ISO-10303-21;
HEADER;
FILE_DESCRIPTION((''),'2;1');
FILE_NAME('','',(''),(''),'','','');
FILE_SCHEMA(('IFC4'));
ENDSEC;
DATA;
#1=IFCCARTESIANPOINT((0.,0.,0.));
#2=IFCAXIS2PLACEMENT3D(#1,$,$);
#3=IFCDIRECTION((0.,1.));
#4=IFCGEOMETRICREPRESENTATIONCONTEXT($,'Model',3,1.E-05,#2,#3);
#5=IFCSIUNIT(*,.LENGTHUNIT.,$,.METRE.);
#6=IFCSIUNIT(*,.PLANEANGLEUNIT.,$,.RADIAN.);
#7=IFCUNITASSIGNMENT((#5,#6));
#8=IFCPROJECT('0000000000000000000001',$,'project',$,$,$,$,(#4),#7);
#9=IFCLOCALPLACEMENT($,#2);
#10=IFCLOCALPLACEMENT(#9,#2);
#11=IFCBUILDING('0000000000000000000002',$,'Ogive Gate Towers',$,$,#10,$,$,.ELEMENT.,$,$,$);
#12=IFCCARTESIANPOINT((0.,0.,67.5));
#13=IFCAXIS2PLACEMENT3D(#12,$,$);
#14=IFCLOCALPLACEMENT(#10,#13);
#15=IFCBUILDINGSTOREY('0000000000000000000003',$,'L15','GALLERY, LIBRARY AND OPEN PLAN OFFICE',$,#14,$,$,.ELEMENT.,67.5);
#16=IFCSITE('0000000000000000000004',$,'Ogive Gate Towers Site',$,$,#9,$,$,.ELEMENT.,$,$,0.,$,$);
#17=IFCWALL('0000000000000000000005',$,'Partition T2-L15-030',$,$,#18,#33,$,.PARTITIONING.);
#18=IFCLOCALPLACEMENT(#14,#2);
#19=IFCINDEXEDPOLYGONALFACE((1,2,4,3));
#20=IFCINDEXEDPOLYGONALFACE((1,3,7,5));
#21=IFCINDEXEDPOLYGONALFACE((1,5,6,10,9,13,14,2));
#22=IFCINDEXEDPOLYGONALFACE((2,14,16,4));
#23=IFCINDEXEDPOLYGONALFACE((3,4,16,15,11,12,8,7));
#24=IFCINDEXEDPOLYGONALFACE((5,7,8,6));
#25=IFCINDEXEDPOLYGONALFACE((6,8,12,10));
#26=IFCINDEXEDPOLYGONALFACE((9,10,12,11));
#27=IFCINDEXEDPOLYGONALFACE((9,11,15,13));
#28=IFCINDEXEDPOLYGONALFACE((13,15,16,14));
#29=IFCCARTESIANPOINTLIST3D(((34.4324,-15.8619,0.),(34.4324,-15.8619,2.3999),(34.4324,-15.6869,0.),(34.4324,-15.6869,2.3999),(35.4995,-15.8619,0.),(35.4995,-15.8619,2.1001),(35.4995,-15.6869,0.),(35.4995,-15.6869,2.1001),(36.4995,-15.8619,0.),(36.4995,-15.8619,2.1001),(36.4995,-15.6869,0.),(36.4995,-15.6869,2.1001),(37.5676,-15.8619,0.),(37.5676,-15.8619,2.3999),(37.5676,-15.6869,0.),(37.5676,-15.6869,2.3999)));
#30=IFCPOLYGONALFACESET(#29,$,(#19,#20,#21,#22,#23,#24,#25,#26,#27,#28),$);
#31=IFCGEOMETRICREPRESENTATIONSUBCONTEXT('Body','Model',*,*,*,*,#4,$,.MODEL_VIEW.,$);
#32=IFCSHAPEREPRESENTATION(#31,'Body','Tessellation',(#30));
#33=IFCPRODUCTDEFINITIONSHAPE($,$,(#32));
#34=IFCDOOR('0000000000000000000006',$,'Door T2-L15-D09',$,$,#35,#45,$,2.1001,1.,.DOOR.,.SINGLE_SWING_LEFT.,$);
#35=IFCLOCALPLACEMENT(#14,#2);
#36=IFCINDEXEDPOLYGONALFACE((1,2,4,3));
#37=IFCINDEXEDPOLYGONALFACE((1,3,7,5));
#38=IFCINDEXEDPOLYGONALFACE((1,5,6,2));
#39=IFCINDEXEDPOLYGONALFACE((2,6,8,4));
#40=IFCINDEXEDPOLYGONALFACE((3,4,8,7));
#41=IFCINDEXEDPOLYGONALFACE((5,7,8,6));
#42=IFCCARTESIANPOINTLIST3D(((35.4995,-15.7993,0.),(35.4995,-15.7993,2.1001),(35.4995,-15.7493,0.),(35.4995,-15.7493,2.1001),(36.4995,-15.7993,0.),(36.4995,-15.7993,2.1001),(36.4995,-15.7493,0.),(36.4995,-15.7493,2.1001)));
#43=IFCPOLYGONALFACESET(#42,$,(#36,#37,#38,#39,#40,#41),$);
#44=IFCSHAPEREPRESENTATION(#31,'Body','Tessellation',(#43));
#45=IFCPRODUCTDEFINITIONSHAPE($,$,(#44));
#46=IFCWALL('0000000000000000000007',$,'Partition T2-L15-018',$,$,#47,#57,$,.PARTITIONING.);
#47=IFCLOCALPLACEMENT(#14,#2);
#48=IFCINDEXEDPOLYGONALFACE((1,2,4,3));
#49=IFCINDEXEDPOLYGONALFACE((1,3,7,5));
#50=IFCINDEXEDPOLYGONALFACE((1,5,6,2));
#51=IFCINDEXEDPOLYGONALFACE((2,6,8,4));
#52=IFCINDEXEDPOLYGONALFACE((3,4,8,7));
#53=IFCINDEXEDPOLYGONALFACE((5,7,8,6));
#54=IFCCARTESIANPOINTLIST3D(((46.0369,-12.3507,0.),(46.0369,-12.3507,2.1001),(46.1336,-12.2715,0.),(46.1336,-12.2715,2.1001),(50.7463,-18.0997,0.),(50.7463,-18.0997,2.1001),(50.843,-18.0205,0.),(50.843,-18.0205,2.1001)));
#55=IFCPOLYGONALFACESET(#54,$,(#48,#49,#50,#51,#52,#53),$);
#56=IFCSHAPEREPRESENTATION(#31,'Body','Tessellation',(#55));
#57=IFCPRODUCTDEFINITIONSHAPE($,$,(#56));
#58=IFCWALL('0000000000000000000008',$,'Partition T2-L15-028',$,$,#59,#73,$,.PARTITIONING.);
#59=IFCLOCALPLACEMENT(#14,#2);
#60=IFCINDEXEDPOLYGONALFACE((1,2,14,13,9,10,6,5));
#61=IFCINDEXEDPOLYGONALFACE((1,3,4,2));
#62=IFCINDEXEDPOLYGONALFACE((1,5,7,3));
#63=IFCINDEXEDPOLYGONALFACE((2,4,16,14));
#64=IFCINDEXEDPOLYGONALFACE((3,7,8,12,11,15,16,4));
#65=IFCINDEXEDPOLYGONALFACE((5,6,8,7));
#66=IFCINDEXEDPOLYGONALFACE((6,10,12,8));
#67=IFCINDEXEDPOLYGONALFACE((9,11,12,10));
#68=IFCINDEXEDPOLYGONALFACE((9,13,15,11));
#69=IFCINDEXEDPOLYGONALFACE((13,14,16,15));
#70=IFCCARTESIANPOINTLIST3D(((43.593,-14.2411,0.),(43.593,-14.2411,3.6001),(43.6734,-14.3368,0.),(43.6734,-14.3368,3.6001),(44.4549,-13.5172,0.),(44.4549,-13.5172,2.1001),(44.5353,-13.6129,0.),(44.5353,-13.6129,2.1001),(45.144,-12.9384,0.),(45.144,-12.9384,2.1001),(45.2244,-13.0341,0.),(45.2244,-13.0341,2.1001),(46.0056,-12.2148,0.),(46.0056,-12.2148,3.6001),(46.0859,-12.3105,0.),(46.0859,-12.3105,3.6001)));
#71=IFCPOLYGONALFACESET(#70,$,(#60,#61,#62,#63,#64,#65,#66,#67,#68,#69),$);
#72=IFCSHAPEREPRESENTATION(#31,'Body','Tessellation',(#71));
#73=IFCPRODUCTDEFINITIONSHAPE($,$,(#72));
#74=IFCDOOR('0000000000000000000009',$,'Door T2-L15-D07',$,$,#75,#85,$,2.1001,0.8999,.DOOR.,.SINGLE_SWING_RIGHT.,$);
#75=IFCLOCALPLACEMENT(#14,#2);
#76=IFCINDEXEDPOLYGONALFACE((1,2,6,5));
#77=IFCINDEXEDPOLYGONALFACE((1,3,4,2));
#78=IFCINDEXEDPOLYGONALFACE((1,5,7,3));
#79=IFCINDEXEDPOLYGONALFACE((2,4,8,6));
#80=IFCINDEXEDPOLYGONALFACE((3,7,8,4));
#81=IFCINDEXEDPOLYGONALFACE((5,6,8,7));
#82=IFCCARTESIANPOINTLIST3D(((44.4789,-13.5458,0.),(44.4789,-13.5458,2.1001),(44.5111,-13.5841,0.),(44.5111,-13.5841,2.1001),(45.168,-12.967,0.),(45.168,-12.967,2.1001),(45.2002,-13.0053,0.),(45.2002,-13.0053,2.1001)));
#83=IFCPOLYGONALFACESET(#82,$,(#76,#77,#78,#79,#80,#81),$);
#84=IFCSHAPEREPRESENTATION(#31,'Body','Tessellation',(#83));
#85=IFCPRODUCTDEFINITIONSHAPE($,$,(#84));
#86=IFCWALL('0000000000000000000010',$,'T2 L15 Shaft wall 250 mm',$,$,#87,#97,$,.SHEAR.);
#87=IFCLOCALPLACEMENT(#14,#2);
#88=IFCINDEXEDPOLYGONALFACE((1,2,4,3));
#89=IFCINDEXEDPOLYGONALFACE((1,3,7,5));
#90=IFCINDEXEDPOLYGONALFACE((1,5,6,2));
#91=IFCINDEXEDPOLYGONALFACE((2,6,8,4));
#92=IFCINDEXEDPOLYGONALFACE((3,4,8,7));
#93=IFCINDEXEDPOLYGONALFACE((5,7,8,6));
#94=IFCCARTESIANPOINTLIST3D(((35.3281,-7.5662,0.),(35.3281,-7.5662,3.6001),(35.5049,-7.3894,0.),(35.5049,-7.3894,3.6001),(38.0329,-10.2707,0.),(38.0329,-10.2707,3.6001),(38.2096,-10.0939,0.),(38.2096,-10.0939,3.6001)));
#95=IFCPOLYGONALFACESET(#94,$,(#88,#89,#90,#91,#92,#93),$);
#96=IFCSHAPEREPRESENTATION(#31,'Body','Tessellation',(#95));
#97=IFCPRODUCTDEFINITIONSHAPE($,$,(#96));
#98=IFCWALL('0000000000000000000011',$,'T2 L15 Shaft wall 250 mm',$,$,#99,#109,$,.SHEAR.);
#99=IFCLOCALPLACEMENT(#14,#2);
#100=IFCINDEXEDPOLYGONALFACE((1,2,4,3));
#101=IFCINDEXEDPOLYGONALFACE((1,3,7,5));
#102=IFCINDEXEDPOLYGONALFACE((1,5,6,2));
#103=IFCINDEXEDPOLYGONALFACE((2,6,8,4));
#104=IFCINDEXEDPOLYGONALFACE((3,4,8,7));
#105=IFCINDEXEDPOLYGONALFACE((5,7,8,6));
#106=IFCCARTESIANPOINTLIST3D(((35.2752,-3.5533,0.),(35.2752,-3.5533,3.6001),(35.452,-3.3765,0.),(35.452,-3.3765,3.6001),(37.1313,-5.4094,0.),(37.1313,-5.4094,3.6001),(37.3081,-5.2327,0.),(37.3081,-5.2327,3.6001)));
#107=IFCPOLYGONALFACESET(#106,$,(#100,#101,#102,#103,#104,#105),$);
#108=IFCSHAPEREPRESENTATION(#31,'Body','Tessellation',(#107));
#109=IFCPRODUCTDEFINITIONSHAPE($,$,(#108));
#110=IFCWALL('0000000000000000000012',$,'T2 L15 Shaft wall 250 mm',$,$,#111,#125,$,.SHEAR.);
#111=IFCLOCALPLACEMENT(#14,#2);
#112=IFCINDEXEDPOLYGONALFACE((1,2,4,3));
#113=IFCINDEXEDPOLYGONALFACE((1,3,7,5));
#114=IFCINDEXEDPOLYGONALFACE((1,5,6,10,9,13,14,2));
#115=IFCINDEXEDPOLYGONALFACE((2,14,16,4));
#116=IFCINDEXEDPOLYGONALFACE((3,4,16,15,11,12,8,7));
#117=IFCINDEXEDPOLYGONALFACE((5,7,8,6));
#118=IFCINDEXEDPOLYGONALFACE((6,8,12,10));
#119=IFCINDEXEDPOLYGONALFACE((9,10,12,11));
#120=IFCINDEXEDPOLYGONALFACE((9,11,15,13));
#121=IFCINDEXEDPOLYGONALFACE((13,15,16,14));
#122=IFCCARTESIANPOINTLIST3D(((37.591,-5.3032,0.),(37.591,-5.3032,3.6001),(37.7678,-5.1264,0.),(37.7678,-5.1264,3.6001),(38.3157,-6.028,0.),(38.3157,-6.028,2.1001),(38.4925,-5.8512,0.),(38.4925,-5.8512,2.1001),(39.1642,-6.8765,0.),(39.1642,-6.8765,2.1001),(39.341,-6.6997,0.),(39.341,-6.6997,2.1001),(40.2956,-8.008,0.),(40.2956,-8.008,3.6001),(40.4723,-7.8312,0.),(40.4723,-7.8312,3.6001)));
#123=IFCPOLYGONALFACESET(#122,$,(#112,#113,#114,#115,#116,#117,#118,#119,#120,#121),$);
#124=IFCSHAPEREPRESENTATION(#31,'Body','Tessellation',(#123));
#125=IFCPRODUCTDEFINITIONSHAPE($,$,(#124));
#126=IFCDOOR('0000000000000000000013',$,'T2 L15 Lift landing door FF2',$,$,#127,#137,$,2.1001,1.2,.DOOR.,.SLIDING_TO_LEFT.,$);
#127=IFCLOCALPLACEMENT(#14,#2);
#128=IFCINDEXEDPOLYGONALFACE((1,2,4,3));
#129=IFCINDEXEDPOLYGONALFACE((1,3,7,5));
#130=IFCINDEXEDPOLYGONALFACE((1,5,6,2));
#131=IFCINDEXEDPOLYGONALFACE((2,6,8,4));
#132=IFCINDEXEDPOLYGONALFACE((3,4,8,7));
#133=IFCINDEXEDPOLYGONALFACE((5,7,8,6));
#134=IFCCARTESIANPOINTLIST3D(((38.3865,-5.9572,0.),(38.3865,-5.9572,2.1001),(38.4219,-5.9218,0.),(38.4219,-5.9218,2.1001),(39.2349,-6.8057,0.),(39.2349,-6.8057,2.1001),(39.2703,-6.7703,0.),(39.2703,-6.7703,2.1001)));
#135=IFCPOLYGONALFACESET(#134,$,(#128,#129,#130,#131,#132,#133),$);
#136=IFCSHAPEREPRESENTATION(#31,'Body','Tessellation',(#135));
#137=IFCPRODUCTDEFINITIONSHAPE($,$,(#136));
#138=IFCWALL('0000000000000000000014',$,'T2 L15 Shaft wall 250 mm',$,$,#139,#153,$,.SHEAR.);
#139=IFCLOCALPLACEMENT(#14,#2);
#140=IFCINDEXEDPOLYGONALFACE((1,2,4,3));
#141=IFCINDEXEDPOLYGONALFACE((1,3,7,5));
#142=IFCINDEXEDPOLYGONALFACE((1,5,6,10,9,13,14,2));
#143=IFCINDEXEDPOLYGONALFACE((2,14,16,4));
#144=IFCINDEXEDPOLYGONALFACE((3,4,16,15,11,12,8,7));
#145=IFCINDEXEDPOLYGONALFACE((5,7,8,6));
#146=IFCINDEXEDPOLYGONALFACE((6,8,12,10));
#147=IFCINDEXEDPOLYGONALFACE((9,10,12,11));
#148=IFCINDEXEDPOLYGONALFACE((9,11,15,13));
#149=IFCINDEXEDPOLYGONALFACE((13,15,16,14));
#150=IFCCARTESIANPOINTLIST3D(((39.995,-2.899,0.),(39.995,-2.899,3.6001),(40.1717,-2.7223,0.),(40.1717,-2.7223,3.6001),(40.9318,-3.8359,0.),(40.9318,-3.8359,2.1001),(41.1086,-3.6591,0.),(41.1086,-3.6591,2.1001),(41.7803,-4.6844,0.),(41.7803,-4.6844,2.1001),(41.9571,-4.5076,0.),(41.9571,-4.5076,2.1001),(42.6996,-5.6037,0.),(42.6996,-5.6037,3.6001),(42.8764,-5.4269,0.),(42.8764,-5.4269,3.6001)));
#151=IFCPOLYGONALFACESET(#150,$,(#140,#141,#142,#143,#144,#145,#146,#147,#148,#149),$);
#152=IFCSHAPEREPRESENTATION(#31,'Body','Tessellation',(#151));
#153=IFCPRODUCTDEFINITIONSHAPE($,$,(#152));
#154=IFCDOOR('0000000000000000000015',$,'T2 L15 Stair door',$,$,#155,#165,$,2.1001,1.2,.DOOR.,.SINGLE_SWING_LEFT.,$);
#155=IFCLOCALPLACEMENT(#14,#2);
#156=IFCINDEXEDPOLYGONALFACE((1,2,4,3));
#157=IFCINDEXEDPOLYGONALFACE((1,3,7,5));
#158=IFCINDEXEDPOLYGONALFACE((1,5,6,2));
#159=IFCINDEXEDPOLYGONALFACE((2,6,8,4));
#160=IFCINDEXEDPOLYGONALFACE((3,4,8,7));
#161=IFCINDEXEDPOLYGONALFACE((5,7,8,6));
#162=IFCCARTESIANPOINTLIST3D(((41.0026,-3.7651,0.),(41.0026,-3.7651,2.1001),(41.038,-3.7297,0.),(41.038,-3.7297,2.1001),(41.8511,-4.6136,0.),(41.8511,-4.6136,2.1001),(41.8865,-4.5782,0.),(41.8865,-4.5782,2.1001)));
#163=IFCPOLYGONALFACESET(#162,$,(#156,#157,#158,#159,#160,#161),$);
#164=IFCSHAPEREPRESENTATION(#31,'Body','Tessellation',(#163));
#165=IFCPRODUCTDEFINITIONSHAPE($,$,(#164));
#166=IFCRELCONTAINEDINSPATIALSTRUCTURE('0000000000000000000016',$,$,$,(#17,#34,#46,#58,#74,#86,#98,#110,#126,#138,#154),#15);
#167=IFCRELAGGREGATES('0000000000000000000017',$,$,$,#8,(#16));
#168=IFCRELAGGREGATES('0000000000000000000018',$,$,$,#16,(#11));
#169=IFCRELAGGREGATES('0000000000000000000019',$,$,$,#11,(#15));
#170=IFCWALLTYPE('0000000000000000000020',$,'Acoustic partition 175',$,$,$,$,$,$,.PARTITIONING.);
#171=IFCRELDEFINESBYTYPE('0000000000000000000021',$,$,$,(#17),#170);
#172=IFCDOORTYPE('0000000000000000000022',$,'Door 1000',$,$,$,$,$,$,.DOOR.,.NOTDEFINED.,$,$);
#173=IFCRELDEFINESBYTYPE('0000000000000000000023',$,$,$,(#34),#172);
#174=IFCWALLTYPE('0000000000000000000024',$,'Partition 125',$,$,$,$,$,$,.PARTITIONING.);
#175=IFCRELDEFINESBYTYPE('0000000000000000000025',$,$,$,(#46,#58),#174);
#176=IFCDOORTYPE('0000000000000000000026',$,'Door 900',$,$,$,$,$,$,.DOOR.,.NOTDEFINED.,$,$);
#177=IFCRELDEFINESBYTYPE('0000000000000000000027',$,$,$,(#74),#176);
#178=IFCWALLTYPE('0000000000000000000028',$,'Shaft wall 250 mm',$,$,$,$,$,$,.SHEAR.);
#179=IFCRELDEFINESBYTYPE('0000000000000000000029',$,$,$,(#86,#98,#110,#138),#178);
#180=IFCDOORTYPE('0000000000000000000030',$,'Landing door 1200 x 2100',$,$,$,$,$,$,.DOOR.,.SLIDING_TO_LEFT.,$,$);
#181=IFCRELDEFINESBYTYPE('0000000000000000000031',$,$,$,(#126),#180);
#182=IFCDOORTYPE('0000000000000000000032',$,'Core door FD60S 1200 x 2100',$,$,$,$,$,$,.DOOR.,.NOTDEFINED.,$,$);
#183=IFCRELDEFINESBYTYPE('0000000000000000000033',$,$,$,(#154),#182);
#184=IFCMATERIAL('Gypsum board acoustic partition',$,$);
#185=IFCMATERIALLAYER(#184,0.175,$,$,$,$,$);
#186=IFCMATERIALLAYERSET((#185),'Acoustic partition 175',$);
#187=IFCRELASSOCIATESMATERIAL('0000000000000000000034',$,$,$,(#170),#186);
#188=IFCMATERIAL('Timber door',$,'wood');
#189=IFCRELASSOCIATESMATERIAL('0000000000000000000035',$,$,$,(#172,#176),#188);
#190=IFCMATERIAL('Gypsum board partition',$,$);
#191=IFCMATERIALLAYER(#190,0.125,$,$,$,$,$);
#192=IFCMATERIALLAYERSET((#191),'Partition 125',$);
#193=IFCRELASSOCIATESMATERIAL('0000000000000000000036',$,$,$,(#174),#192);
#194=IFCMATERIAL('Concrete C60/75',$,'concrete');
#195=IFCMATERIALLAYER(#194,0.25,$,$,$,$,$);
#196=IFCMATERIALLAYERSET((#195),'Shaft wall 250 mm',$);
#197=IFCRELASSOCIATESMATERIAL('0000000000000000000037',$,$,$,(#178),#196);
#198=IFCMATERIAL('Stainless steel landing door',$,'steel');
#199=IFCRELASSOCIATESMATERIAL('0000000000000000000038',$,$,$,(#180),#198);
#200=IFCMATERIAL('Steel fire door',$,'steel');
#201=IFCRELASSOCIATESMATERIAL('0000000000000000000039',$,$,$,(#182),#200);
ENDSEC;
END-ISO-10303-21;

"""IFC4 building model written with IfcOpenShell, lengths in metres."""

from ifc_helpers import new_model, si_unit, direction, frame, frame_2d, origin, place, context, subcontext, project, spatial, rectangle, extrude, material, layer, layer_set, type_object, element, fill, save


model = new_model("IFC4")

# Units and contexts
model_context = context("Model", 3, precision=1e-05, world=origin(), true_north=direction((0.0, 1.0)))
body_context = subcontext(model_context, "Body", "Model", "MODEL_VIEW")
ifc_project = project(units=[si_unit("LENGTHUNIT", "METRE"), si_unit("PLANEANGLEUNIT", "RADIAN")], contexts=[model_context])

# Site, building, storey
site_placement = place(None, origin())
site = spatial("IfcSite", under=ifc_project, at=site_placement, Name="Ogive Gate Towers Site", CompositionType="ELEMENT", RefElevation=0.0)
building_placement = place(site_placement, origin())
building = spatial("IfcBuilding", under=site, at=building_placement, Name="Ogive Gate Towers", CompositionType="ELEMENT")
storey_placement = place(building_placement, frame((0.0, 0.0, 67.5)))
storey = spatial("IfcBuildingStorey", under=building, at=storey_placement, Name="L15", Description="GALLERY, LIBRARY AND OPEN PLAN OFFICE", CompositionType="ELEMENT", Elevation=67.5)

# Shared definitions
ifc_material_1 = material(Name="Gypsum board acoustic partition")
ifc_layer_1 = layer(ifc_material_1, 0.175)
ifc_layer_set_1 = layer_set([ifc_layer_1], Name="Acoustic partition 175")
wall_type_1 = type_object("IfcWallType", Name="Acoustic partition 175", PredefinedType="PARTITIONING", material=ifc_layer_set_1)

# Wall, opening, door
ifc_material_2 = material(Name="Timber door", Category="wood")
wall_1_placement = place(storey_placement, frame((37.5676, -15.7744, 0.0), z_axis=(0.0, 0.0, 1.0), x_axis=(-1.0, 0.0, 0.0)))
wall_1 = element("IfcWall", 1, at=wall_1_placement, inside=storey, type_object=wall_type_1, Name="Partition T2-L15-030", PredefinedType="PARTITIONING", context=body_context, shape_type="SweptSolid", body=[
    extrude(rectangle(XDim=3.1353, YDim=0.175, at=frame_2d((1.5676, 0.0))), origin(), (0.0, 0.0, 1.0), 2.3999),
])
opening_1_placement = place(wall_1_placement, frame((1.0681, 0.0, 0.0)))
opening_1 = element("IfcOpeningElement", 2, at=opening_1_placement, cuts=wall_1, PredefinedType="OPENING", context=body_context, shape_type="SweptSolid", body=[
    extrude(rectangle(XDim=1.0, YDim=2.1001, at=frame_2d((0.5, 1.05))), frame((0.0, 0.0977, 0.0), z_axis=(0.0, -1.0, 0.0), x_axis=(1.0, 0.0, 0.0)), (0.0, 0.0, 1.0), 0.1951),
])
door_type_1 = type_object("IfcDoorType", Name="Door 1000", OperationType="NOTDEFINED", PredefinedType="DOOR", material=ifc_material_2)
door_1_placement = place(opening_1_placement, origin())
door_1 = element("IfcDoor", 3, at=door_1_placement, inside=storey, type_object=door_type_1, Name="Door T2-L15-D09", OperationType="SINGLE_SWING_LEFT", OverallHeight=2.1001, OverallWidth=1.0, PredefinedType="DOOR", context=body_context, shape_type="SweptSolid", body=[
    extrude(rectangle(XDim=1.0, YDim=2.1001, at=frame_2d((0.5, 1.05))), frame((0.0, 0.0249, 0.0), z_axis=(0.0, -1.0, 0.0), x_axis=(1.0, 0.0, 0.0)), (0.0, 0.0, 1.0), 0.05),
])
fill(opening_1, door_1)

# Wall
ifc_material_3 = material(Name="Gypsum board partition")
ifc_layer_2 = layer(ifc_material_3, 0.125)
ifc_layer_set_2 = layer_set([ifc_layer_2], Name="Partition 125")
wall_type_2 = type_object("IfcWallType", Name="Partition 125", PredefinedType="PARTITIONING", material=ifc_layer_set_2)
wall_2_placement = place(storey_placement, frame((50.7947, -18.0601, 0.0), z_axis=(0.0, 0.0, 1.0), x_axis=(-0.633699, 0.77358, 0.0)))
element("IfcWall", 4, at=wall_2_placement, inside=storey, type_object=wall_type_2, Name="Partition T2-L15-018", PredefinedType="PARTITIONING", context=body_context, shape_type="SweptSolid", body=[
    extrude(rectangle(XDim=7.4316, YDim=0.125, at=frame_2d((3.7158, 0.0))), origin(), (0.0, 0.0, 1.0), 2.1001),
])

# Wall, opening, door
wall_3_placement = place(storey_placement, frame((46.0457, -12.2627, 0.0), z_axis=(0.0, 0.0, 1.0), x_axis=(-0.765738, -0.643152, 0.0)))
wall_3 = element("IfcWall", 5, at=wall_3_placement, inside=storey, type_object=wall_type_2, Name="Partition T2-L15-028", PredefinedType="PARTITIONING", context=body_context, shape_type="SweptSolid", body=[
    extrude(rectangle(XDim=3.1506, YDim=0.125, at=frame_2d((1.5752, 0.0))), origin(), (0.0, 0.0, 1.0), 3.6001),
])
opening_2_placement = place(wall_3_placement, frame((1.125, 0.0, 0.0)))
opening_2 = element("IfcOpeningElement", 6, at=opening_2_placement, cuts=wall_3, PredefinedType="OPENING", context=body_context, shape_type="SweptSolid", body=[
    extrude(rectangle(XDim=0.8999, YDim=2.1001, at=frame_2d((0.45, 1.05))), frame((0.0, 0.0725, 0.0), z_axis=(0.0, -1.0, 0.0), x_axis=(1.0, 0.0, 0.0)), (0.0, 0.0, 1.0), 0.145),
])
door_type_2 = type_object("IfcDoorType", Name="Door 900", OperationType="NOTDEFINED", PredefinedType="DOOR", material=ifc_material_2)
door_2_placement = place(opening_2_placement, origin())
door_2 = element("IfcDoor", 7, at=door_2_placement, inside=storey, type_object=door_type_2, Name="Door T2-L15-D07", OperationType="SINGLE_SWING_RIGHT", OverallHeight=2.1001, OverallWidth=0.8999, PredefinedType="DOOR", context=body_context, shape_type="SweptSolid", body=[
    extrude(rectangle(XDim=0.8999, YDim=2.1001, at=frame_2d((0.45, 1.05))), frame((0.0, 0.0249, 0.0), z_axis=(0.0, -1.0, 0.0), x_axis=(1.0, 0.0, 0.0)), (0.0, 0.0, 1.0), 0.05),
])
fill(opening_2, door_2)

# Walls
ifc_material_4 = material(Name="Concrete C60/75", Category="concrete")
ifc_layer_3 = layer(ifc_material_4, 0.25)
ifc_layer_set_3 = layer_set([ifc_layer_3], Name="Shaft wall 250 mm")
wall_type_3 = type_object("IfcWallType", Name="Shaft wall 250 mm", PredefinedType="SHEAR", material=ifc_layer_set_3)
wall_4_placement = place(storey_placement, frame((38.1213, -10.1824, 0.0), z_axis=(0.0, 0.0, 1.0), x_axis=(-0.707139, 0.707075, 0.0)))
element("IfcWall", 8, at=wall_4_placement, inside=storey, type_object=wall_type_3, Name="T2 L15 Shaft wall 250 mm", PredefinedType="SHEAR", context=body_context, shape_type="SweptSolid", body=[
    extrude(rectangle(XDim=3.825, YDim=0.25, at=frame_2d((1.9126, 0.0))), origin(), (0.0, 0.0, 1.0), 3.6001),
])
wall_5_placement = place(storey_placement, frame((37.2197, -5.321, 0.0), z_axis=(0.0, 0.0, 1.0), x_axis=(-0.707107, 0.707107, 0.0)))
element("IfcWall", 9, at=wall_5_placement, inside=storey, type_object=wall_type_3, Name="T2 L15 Shaft wall 250 mm", PredefinedType="SHEAR", context=body_context, shape_type="SweptSolid", body=[
    extrude(rectangle(XDim=2.625, YDim=0.25, at=frame_2d((1.3125, 0.0))), origin(), (0.0, 0.0, 1.0), 3.6001),
])

# Walls, openings, doors
wall_6_placement = place(storey_placement, frame((40.384, -7.9197, 0.0), z_axis=(0.0, 0.0, 1.0), x_axis=(-0.707075, 0.707139, 0.0)))
wall_6 = element("IfcWall", 10, at=wall_6_placement, inside=storey, type_object=wall_type_3, Name="T2 L15 Shaft wall 250 mm", PredefinedType="SHEAR", context=body_context, shape_type="SweptSolid", body=[
    extrude(rectangle(XDim=3.825, YDim=0.25, at=frame_2d((1.9126, 0.0))), origin(), (0.0, 0.0, 1.0), 3.6001),
])
opening_3_placement = place(wall_6_placement, frame((1.6001, 0.0, 0.0)))
opening_3 = element("IfcOpeningElement", 11, at=opening_3_placement, cuts=wall_6, PredefinedType="OPENING", context=body_context, shape_type="SweptSolid", body=[
    extrude(rectangle(XDim=1.2, YDim=2.1001, at=frame_2d((0.6001, 1.05))), frame((0.0, 0.135, 0.0), z_axis=(0.0, -1.0, 0.0), x_axis=(1.0, 0.0, 0.0)), (0.0, 0.0, 1.0), 0.27),
])
ifc_material_5 = material(Name="Stainless steel landing door", Category="steel")
door_type_3 = type_object("IfcDoorType", Name="Landing door 1200 x 2100", OperationType="SLIDING_TO_LEFT", PredefinedType="DOOR", material=ifc_material_5)
door_3_placement = place(opening_3_placement, origin())
door_3 = element("IfcDoor", 12, at=door_3_placement, inside=storey, type_object=door_type_3, Name="T2 L15 Lift landing door FF2", OperationType="SLIDING_TO_LEFT", OverallHeight=2.1001, OverallWidth=1.2, PredefinedType="DOOR", context=body_context, shape_type="SweptSolid", body=[
    extrude(rectangle(XDim=1.2, YDim=2.1001, at=frame_2d((0.6001, 1.05))), frame((0.0, 0.0249, 0.0), z_axis=(0.0, -1.0, 0.0), x_axis=(1.0, 0.0, 0.0)), (0.0, 0.0, 1.0), 0.05),
])
fill(opening_3, door_3)
wall_7_placement = place(storey_placement, frame((42.7881, -5.5154, 0.0), z_axis=(0.0, 0.0, 1.0), x_axis=(-0.707107, 0.707107, 0.0)))
wall_7 = element("IfcWall", 13, at=wall_7_placement, inside=storey, type_object=wall_type_3, Name="T2 L15 Shaft wall 250 mm", PredefinedType="SHEAR", context=body_context, shape_type="SweptSolid", body=[
    extrude(rectangle(XDim=3.825, YDim=0.25, at=frame_2d((1.9126, 0.0))), origin(), (0.0, 0.0, 1.0), 3.6001),
])
opening_4_placement = place(wall_7_placement, frame((1.3, 0.0, 0.0)))
opening_4 = element("IfcOpeningElement", 14, at=opening_4_placement, cuts=wall_7, PredefinedType="OPENING", context=body_context, shape_type="SweptSolid", body=[
    extrude(rectangle(XDim=1.2, YDim=2.1001, at=frame_2d((0.6001, 1.05))), frame((0.0, 0.135, 0.0), z_axis=(0.0, -1.0, 0.0), x_axis=(1.0, 0.0, 0.0)), (0.0, 0.0, 1.0), 0.27),
])
ifc_material_6 = material(Name="Steel fire door", Category="steel")
door_type_4 = type_object("IfcDoorType", Name="Core door FD60S 1200 x 2100", OperationType="NOTDEFINED", PredefinedType="DOOR", material=ifc_material_6)
door_4_placement = place(opening_4_placement, origin())
door_4 = element("IfcDoor", 15, at=door_4_placement, inside=storey, type_object=door_type_4, Name="T2 L15 Stair door", OperationType="SINGLE_SWING_LEFT", OverallHeight=2.1001, OverallWidth=1.2, PredefinedType="DOOR", context=body_context, shape_type="SweptSolid", body=[
    extrude(rectangle(XDim=1.2, YDim=2.1001, at=frame_2d((0.6001, 1.05))), frame((0.0, 0.0249, 0.0), z_axis=(0.0, -1.0, 0.0), x_axis=(1.0, 0.0, 0.0)), (0.0, 0.0, 1.0), 0.05),
])
fill(opening_4, door_4)

save(model, "model.ifc")
